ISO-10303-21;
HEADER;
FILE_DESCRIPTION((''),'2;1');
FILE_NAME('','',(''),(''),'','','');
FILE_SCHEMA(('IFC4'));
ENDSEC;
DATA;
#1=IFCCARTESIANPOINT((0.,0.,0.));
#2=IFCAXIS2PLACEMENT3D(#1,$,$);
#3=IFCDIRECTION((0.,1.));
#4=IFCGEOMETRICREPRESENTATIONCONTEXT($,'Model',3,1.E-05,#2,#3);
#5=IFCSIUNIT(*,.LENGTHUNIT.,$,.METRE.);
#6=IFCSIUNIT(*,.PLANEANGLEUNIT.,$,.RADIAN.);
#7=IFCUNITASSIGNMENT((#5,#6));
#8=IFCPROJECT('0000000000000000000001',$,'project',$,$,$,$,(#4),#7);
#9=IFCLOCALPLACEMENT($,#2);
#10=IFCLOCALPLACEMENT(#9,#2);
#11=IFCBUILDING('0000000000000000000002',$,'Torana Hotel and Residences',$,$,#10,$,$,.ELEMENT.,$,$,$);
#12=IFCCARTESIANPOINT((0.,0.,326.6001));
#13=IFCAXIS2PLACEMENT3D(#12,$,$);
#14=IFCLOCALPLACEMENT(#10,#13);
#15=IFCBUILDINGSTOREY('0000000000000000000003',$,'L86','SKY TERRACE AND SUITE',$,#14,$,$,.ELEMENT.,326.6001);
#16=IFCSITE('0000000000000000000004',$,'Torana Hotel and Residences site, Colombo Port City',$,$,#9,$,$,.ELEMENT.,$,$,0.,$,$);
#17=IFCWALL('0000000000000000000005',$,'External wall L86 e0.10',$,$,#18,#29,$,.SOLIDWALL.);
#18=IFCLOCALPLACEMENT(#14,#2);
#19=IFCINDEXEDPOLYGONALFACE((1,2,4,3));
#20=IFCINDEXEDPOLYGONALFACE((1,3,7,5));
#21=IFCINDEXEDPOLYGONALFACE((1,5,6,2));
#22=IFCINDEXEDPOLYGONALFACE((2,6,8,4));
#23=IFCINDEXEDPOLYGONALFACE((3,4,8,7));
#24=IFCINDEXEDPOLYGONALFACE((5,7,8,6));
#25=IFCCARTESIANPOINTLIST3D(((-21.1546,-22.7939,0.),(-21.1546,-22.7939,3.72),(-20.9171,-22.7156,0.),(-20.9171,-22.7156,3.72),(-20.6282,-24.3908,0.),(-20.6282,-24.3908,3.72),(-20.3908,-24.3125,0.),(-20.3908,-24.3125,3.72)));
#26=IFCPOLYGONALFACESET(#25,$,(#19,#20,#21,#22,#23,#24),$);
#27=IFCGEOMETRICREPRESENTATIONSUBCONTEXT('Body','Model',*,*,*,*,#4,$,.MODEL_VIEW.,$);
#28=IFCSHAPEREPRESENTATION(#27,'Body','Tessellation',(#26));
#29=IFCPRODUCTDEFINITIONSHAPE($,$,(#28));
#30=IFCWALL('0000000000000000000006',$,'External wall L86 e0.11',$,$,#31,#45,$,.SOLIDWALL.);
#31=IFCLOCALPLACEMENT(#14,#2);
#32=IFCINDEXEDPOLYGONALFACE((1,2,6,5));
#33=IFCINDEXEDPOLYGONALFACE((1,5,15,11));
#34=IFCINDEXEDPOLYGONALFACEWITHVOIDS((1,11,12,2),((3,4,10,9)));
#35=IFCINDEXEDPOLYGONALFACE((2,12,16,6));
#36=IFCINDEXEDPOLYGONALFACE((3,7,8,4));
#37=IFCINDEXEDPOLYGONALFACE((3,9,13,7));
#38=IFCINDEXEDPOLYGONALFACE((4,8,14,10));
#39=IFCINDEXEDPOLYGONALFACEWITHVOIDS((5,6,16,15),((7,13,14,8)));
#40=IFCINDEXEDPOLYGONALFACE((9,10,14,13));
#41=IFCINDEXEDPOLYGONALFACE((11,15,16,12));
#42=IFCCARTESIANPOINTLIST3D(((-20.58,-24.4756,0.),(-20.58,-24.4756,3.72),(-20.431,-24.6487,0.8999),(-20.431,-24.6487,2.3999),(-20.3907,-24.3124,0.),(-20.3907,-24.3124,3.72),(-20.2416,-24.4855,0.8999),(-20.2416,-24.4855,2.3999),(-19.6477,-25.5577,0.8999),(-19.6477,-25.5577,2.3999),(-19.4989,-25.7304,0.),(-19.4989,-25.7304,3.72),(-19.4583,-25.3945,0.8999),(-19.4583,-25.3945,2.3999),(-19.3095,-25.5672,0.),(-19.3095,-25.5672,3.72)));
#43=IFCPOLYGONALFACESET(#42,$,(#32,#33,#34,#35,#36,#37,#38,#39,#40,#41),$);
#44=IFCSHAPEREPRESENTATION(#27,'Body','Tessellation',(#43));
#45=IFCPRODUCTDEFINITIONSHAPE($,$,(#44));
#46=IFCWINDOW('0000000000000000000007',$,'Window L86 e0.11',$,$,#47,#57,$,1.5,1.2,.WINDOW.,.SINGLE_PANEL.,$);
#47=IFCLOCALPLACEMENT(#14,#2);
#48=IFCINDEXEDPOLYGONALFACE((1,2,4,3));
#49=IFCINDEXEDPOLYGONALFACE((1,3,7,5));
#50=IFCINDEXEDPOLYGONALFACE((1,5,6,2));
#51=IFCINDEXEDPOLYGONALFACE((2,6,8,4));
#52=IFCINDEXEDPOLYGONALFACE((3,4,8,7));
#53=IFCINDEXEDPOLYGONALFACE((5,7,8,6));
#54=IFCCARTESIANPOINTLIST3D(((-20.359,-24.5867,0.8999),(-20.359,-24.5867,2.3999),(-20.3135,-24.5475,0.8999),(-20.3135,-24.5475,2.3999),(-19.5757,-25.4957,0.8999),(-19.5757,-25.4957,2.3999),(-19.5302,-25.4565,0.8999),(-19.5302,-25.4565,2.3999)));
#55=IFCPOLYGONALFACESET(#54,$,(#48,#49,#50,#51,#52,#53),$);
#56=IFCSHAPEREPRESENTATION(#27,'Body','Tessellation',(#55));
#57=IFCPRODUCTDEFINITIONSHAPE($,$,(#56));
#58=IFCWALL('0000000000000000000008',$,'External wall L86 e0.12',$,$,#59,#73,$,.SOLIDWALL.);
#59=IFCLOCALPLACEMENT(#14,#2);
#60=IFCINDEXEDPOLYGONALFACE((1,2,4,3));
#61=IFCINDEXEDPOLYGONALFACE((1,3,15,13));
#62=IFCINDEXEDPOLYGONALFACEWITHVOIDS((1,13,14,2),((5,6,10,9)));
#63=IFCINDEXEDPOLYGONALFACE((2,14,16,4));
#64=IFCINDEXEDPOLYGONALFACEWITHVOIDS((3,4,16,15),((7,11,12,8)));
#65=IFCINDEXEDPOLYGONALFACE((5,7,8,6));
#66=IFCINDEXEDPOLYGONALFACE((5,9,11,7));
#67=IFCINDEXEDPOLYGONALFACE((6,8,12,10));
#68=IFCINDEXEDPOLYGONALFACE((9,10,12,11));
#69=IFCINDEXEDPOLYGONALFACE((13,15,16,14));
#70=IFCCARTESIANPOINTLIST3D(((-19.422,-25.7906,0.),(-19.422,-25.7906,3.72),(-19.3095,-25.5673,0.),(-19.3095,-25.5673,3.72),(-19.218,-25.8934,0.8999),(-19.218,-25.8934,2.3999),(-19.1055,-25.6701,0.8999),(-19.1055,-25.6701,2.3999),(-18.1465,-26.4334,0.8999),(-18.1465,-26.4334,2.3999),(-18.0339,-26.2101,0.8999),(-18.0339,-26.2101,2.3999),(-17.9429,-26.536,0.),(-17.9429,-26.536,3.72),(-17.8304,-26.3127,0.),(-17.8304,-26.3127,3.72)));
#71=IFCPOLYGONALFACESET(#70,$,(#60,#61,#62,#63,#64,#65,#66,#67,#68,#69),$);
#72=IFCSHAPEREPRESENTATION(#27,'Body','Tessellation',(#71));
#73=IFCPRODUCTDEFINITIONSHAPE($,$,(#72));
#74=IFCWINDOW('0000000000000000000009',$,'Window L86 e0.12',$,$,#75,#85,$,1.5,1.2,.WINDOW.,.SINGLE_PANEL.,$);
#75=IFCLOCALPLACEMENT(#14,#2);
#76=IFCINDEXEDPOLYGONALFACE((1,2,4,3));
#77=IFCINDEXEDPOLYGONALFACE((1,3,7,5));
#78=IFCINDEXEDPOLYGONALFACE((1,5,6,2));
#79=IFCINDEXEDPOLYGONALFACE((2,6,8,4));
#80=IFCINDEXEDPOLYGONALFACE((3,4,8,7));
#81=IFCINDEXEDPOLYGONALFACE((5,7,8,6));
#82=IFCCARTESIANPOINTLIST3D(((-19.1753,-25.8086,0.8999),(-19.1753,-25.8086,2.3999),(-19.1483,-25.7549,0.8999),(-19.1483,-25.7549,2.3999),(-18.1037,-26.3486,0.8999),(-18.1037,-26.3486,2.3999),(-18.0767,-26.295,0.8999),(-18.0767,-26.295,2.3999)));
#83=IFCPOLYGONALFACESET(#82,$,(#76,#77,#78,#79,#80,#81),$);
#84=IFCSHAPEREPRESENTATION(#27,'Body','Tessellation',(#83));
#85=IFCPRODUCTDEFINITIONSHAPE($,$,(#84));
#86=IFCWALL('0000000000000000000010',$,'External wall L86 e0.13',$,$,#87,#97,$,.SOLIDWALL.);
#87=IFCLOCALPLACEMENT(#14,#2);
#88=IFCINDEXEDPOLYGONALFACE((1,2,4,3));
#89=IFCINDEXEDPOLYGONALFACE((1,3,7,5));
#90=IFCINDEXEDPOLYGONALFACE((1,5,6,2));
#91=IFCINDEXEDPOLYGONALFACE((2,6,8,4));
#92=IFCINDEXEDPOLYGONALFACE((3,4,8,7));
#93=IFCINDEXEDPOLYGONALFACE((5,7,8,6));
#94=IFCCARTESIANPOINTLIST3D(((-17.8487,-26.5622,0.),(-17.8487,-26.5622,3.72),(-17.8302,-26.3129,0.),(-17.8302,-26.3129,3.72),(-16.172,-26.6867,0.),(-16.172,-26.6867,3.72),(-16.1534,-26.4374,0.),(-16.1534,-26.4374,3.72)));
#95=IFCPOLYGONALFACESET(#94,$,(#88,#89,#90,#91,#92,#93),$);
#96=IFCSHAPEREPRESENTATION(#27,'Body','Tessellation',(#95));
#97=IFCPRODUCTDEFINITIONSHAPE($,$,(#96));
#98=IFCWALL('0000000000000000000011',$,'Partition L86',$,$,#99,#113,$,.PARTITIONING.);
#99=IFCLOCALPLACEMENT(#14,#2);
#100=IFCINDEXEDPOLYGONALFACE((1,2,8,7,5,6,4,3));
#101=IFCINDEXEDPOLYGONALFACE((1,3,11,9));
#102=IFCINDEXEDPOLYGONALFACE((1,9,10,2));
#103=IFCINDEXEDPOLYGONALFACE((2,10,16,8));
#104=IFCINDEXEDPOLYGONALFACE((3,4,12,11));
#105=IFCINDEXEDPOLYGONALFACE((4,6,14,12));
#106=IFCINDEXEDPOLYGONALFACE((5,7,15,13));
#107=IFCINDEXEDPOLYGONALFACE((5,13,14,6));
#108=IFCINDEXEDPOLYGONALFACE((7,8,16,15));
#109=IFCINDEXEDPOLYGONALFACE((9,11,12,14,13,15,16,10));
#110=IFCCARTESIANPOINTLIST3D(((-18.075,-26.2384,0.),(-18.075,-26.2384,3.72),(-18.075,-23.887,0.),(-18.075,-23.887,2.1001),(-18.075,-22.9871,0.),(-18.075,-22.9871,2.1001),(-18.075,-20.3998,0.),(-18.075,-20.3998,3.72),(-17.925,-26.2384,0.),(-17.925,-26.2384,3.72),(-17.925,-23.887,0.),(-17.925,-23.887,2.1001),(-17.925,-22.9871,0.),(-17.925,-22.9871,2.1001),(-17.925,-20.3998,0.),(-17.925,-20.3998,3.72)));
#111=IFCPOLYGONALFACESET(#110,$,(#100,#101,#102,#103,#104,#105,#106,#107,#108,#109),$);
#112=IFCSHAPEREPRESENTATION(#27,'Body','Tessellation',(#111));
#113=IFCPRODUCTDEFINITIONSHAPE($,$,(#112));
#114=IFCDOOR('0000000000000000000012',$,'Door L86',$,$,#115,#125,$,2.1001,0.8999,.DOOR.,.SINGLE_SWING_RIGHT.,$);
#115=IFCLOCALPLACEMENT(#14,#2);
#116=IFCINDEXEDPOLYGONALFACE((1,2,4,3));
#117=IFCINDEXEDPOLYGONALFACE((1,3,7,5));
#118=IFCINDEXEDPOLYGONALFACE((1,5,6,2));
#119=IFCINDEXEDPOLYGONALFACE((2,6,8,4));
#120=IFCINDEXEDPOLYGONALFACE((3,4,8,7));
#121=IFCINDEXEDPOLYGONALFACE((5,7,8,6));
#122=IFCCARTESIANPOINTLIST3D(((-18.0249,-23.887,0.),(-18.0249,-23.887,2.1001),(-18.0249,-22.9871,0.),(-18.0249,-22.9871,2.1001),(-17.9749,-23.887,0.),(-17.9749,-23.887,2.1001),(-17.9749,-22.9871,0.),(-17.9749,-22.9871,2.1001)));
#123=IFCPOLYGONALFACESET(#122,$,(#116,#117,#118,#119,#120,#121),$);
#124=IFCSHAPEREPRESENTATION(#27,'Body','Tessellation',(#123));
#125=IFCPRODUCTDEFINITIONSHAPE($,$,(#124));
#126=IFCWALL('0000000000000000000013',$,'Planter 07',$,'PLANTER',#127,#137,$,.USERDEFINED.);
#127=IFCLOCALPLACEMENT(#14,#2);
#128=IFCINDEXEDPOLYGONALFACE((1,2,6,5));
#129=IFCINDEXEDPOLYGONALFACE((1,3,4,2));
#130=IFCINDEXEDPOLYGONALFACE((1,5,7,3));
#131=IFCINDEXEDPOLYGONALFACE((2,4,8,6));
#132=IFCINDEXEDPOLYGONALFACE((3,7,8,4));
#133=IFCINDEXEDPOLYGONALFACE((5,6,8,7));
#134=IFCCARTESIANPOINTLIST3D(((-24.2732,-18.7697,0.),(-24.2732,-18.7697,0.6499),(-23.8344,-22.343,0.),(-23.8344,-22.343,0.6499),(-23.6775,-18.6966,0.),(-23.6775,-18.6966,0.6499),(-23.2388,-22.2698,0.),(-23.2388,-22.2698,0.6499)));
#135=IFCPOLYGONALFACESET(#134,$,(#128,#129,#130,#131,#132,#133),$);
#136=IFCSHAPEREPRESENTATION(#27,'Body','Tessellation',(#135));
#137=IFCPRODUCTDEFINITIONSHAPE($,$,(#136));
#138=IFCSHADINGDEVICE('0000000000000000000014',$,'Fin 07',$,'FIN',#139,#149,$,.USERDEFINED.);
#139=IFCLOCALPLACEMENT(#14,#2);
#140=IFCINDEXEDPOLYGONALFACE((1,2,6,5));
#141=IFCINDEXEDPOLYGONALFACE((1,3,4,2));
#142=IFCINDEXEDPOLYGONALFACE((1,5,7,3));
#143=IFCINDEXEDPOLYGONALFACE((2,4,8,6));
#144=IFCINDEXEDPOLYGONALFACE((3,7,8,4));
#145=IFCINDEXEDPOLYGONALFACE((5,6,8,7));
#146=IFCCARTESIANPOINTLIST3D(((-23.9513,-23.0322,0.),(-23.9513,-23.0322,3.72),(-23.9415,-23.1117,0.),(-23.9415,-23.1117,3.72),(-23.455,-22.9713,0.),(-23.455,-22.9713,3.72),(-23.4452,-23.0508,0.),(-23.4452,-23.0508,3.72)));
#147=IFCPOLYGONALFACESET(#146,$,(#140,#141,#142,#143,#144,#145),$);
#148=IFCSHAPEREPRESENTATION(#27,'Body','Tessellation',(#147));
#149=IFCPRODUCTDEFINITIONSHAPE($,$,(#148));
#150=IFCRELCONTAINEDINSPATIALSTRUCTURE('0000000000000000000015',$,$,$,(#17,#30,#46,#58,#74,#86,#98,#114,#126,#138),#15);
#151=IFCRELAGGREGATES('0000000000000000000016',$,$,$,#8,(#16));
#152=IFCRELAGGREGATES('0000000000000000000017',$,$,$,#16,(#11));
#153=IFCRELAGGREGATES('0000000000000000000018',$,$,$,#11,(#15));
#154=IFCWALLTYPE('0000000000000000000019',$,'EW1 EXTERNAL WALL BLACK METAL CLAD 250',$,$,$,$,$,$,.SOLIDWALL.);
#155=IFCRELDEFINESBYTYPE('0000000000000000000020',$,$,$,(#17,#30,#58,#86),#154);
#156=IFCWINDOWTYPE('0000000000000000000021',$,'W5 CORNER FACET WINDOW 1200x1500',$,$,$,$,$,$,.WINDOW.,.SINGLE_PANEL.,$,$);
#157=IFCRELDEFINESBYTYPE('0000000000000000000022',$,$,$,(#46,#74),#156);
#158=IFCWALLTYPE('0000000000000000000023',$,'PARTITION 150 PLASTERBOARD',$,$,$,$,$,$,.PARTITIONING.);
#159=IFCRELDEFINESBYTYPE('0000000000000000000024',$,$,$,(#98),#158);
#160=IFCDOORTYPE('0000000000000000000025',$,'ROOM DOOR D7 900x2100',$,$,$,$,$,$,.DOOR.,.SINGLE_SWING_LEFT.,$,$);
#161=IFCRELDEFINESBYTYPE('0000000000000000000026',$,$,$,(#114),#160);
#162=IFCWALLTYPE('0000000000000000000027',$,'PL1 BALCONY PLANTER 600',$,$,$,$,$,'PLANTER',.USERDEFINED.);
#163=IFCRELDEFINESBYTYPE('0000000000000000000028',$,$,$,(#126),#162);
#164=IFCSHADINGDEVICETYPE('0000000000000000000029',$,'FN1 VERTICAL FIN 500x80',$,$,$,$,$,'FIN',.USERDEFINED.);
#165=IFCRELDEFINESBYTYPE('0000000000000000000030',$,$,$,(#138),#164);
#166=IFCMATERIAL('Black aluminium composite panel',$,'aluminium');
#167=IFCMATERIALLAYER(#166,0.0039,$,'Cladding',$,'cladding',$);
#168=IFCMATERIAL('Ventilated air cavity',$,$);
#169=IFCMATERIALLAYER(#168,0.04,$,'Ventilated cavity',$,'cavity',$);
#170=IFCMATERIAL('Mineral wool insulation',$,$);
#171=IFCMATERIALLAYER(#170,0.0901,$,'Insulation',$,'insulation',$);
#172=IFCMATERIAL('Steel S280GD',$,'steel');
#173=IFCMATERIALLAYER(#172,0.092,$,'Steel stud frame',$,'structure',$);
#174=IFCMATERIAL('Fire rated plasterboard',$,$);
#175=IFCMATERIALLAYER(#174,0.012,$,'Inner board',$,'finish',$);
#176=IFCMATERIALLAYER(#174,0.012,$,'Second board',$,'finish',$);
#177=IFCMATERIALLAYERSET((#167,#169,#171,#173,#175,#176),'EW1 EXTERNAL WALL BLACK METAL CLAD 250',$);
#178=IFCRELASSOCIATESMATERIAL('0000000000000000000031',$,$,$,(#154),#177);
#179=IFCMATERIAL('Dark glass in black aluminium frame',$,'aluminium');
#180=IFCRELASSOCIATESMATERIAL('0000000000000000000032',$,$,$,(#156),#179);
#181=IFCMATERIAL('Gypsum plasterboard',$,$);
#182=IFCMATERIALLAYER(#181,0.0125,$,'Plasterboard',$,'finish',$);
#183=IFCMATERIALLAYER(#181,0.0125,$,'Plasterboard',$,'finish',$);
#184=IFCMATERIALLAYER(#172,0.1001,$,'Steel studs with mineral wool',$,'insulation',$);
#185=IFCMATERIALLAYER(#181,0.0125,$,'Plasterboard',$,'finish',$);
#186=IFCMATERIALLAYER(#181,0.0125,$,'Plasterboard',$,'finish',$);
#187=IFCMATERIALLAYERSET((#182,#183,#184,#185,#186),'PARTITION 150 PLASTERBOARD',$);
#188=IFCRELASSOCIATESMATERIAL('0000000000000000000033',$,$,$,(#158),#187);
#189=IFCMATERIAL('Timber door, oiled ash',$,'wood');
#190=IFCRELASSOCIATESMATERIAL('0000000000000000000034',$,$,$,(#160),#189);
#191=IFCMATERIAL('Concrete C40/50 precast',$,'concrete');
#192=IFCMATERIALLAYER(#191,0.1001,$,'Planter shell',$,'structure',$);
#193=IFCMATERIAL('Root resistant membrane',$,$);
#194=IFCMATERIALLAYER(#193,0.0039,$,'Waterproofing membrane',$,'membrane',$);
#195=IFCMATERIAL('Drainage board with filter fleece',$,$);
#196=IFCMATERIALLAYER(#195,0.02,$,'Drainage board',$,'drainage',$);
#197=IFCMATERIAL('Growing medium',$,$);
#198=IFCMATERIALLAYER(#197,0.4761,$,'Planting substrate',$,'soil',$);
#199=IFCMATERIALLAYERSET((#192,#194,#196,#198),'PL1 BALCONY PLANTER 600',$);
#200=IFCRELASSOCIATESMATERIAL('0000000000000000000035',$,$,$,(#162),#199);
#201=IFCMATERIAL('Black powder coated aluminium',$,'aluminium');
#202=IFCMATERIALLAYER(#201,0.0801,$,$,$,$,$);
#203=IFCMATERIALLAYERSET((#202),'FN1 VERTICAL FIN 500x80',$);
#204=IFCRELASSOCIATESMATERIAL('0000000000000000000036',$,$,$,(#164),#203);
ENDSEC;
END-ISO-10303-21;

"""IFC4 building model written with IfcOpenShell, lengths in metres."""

from ifc_helpers import new_model, si_unit, direction, frame, frame_2d, origin, origin_2d, place, context, subcontext, project, spatial, rectangle, extrude, material, layer, layer_set, type_object, element, fill, save


model = new_model("IFC4")

# Units and contexts
model_context = context("Model", 3, precision=1e-05, world=origin(), true_north=direction((0.0, 1.0)))
body_context = subcontext(model_context, "Body", "Model", "MODEL_VIEW")
ifc_project = project(units=[si_unit("LENGTHUNIT", "METRE"), si_unit("PLANEANGLEUNIT", "RADIAN")], contexts=[model_context])

# Site, building, storey
site_placement = place(None, origin())
site = spatial("IfcSite", under=ifc_project, at=site_placement, Name="Torana Hotel and Residences site, Colombo Port City", CompositionType="ELEMENT", RefElevation=0.0)
building_placement = place(site_placement, origin())
building = spatial("IfcBuilding", under=site, at=building_placement, Name="Torana Hotel and Residences", CompositionType="ELEMENT")
storey_placement = place(building_placement, frame((0.0, 0.0, 326.6001)))
storey = spatial("IfcBuildingStorey", under=building, at=storey_placement, Name="L86", Description="SKY TERRACE AND SUITE", CompositionType="ELEMENT", Elevation=326.6001)

# Wall
ifc_material_1 = material(Name="Black aluminium composite panel", Category="aluminium")
ifc_layer_1 = layer(ifc_material_1, 0.0039, Name="Cladding", Category="cladding")
ifc_material_2 = material(Name="Ventilated air cavity")
ifc_layer_2 = layer(ifc_material_2, 0.04, Name="Ventilated cavity", Category="cavity")
ifc_material_3 = material(Name="Mineral wool insulation")
ifc_layer_3 = layer(ifc_material_3, 0.0901, Name="Insulation", Category="insulation")
ifc_material_4 = material(Name="Steel S280GD", Category="steel")
ifc_layer_4 = layer(ifc_material_4, 0.092, Name="Steel stud frame", Category="structure")
ifc_material_5 = material(Name="Fire rated plasterboard")
ifc_layer_5 = layer(ifc_material_5, 0.012, Name="Inner board", Category="finish")
ifc_layer_6 = layer(ifc_material_5, 0.012, Name="Second board", Category="finish")
ifc_layer_set_1 = layer_set([ifc_layer_1, ifc_layer_2, ifc_layer_3, ifc_layer_4, ifc_layer_5, ifc_layer_6], Name="EW1 EXTERNAL WALL BLACK METAL CLAD 250")
wall_type_1 = type_object("IfcWallType", Name="EW1 EXTERNAL WALL BLACK METAL CLAD 250", PredefinedType="SOLIDWALL", material=ifc_layer_set_1)
wall_1_placement = place(storey_placement, frame((-21.0359, -22.7546, 0.0), z_axis=(0.0, 0.0, 1.0), x_axis=(0.313046, -0.949738, 0.0)))
element("IfcWall", 1, at=wall_1_placement, inside=storey, type_object=wall_type_1, Name="External wall L86 e0.10", PredefinedType="SOLIDWALL", context=body_context, shape_type="SweptSolid", body=[
    extrude(rectangle(XDim=1.6814, YDim=0.25, at=frame_2d((0.8408, 0.0))), origin(), (0.0, 0.0, 1.0), 3.72),
])

# Walls, openings, windows
wall_2_placement = place(storey_placement, frame((-20.4854, -24.394, 0.0), z_axis=(0.0, 0.0, 1.0), x_axis=(0.652756, -0.757568, 0.0)))
wall_2 = element("IfcWall", 2, at=wall_2_placement, inside=storey, type_object=wall_type_1, Name="External wall L86 e0.11", PredefinedType="SOLIDWALL", context=body_context, shape_type="SweptSolid", body=[
    extrude(rectangle(XDim=1.6562, YDim=0.25, at=frame_2d((0.8281, 0.0))), origin(), (0.0, 0.0, 1.0), 3.72),
])
opening_1_placement = place(wall_2_placement, frame((0.2283, 0.0, 0.8999)))
opening_1 = element("IfcOpeningElement", 3, at=opening_1_placement, cuts=wall_2, PredefinedType="OPENING", context=body_context, shape_type="SweptSolid", body=[
    extrude(rectangle(XDim=1.2, YDim=1.5, at=frame_2d((0.6001, 0.75))), frame((0.0, 0.135, 0.0), z_axis=(0.0, -1.0, 0.0), x_axis=(1.0, 0.0, 0.0)), (0.0, 0.0, 1.0), 0.27),
])
ifc_material_6 = material(Name="Dark glass in black aluminium frame", Category="aluminium")
window_type_1 = type_object("IfcWindowType", Name="W5 CORNER FACET WINDOW 1200x1500", PartitioningType="SINGLE_PANEL", PredefinedType="WINDOW", material=ifc_material_6)
window_1_placement = place(opening_1_placement, origin())
window_1 = element("IfcWindow", 4, at=window_1_placement, inside=storey, type_object=window_type_1, Name="Window L86 e0.11", OverallHeight=1.5, OverallWidth=1.2, PartitioningType="SINGLE_PANEL", PredefinedType="WINDOW", context=body_context, shape_type="SweptSolid", body=[
    extrude(rectangle(XDim=1.2, YDim=1.5, at=frame_2d((0.6001, 0.75))), frame((0.0, 0.03, 0.0), z_axis=(0.0, -1.0, 0.0), x_axis=(1.0, 0.0, 0.0)), (0.0, 0.0, 1.0), 0.0601),
])
fill(opening_1, window_1)
wall_3_placement = place(storey_placement, frame((-19.3657, -25.679, 0.0), z_axis=(0.0, 0.0, 1.0), x_axis=(0.893008, -0.450042, 0.0)))
wall_3 = element("IfcWall", 5, at=wall_3_placement, inside=storey, type_object=wall_type_1, Name="External wall L86 e0.12", PredefinedType="SOLIDWALL", context=body_context, shape_type="SweptSolid", body=[
    extrude(rectangle(XDim=1.6562, YDim=0.25, at=frame_2d((0.8281, 0.0))), origin(), (0.0, 0.0, 1.0), 3.72),
])
opening_2_placement = place(wall_3_placement, frame((0.2283, 0.0, 0.8999)))
opening_2 = element("IfcOpeningElement", 6, at=opening_2_placement, cuts=wall_3, PredefinedType="OPENING", context=body_context, shape_type="SweptSolid", body=[
    extrude(rectangle(XDim=1.2, YDim=1.5, at=frame_2d((0.6001, 0.75))), frame((0.0, 0.135, 0.0), z_axis=(0.0, -1.0, 0.0), x_axis=(1.0, 0.0, 0.0)), (0.0, 0.0, 1.0), 0.27),
])
window_2_placement = place(opening_2_placement, origin())
window_2 = element("IfcWindow", 7, at=window_2_placement, inside=storey, type_object=window_type_1, Name="Window L86 e0.12", OverallHeight=1.5, OverallWidth=1.2, PartitioningType="SINGLE_PANEL", PredefinedType="WINDOW", context=body_context, shape_type="SweptSolid", body=[
    extrude(rectangle(XDim=1.2, YDim=1.5, at=frame_2d((0.6001, 0.75))), frame((0.0, 0.03, 0.0), z_axis=(0.0, -1.0, 0.0), x_axis=(1.0, 0.0, 0.0)), (0.0, 0.0, 1.0), 0.0601),
])
fill(opening_2, window_2)

# Wall
wall_4_placement = place(storey_placement, frame((-17.8396, -26.4375, 0.0), z_axis=(0.0, 0.0, 1.0), x_axis=(0.997254, -0.074054, 0.0)))
element("IfcWall", 8, at=wall_4_placement, inside=storey, type_object=wall_type_1, Name="External wall L86 e0.13", PredefinedType="SOLIDWALL", context=body_context, shape_type="SweptSolid", body=[
    extrude(rectangle(XDim=1.6814, YDim=0.25, at=frame_2d((0.8408, 0.0))), origin(), (0.0, 0.0, 1.0), 3.72),
])

# Wall, opening, door
ifc_material_7 = material(Name="Gypsum plasterboard")
ifc_layer_7 = layer(ifc_material_7, 0.0125, Name="Plasterboard", Category="finish")
ifc_layer_8 = layer(ifc_material_7, 0.0125, Name="Plasterboard", Category="finish")
ifc_layer_9 = layer(ifc_material_4, 0.1001, Name="Steel studs with mineral wool", Category="insulation")
ifc_layer_10 = layer(ifc_material_7, 0.0125, Name="Plasterboard", Category="finish")
ifc_layer_11 = layer(ifc_material_7, 0.0125, Name="Plasterboard", Category="finish")
ifc_layer_set_2 = layer_set([ifc_layer_7, ifc_layer_8, ifc_layer_9, ifc_layer_10, ifc_layer_11], Name="PARTITION 150 PLASTERBOARD")
wall_type_2 = type_object("IfcWallType", Name="PARTITION 150 PLASTERBOARD", PredefinedType="PARTITIONING", material=ifc_layer_set_2)
wall_5_placement = place(storey_placement, frame((-18.0, -26.2385, 0.0), z_axis=(0.0, 0.0, 1.0), x_axis=(0.0, 1.0, 0.0)))
wall_5 = element("IfcWall", 9, at=wall_5_placement, inside=storey, type_object=wall_type_2, Name="Partition L86", PredefinedType="PARTITIONING", context=body_context, shape_type="SweptSolid", body=[
    extrude(rectangle(XDim=5.8386, YDim=0.1499, at=frame_2d((2.9194, 0.0))), origin(), (0.0, 0.0, 1.0), 3.72),
])
opening_3_placement = place(wall_5_placement, frame((2.3516, 0.0, 0.0)))
opening_3 = element("IfcOpeningElement", 10, at=opening_3_placement, cuts=wall_5, PredefinedType="OPENING", context=body_context, shape_type="SweptSolid", body=[
    extrude(rectangle(XDim=0.8999, YDim=2.1001, at=frame_2d((0.45, 1.05))), frame((0.0, 0.085, 0.0), z_axis=(0.0, -1.0, 0.0), x_axis=(1.0, 0.0, 0.0)), (0.0, 0.0, 1.0), 0.1699),
])
ifc_material_8 = material(Name="Timber door, oiled ash", Category="wood")
door_type_1 = type_object("IfcDoorType", Name="ROOM DOOR D7 900x2100", OperationType="SINGLE_SWING_LEFT", PredefinedType="DOOR", material=ifc_material_8)
door_1_placement = place(opening_3_placement, origin())
door_1 = element("IfcDoor", 11, at=door_1_placement, inside=storey, type_object=door_type_1, Name="Door L86", OperationType="SINGLE_SWING_RIGHT", OverallHeight=2.1001, OverallWidth=0.8999, PredefinedType="DOOR", context=body_context, shape_type="SweptSolid", body=[
    extrude(rectangle(XDim=0.8999, YDim=2.1001, at=frame_2d((0.45, 1.05))), frame((0.0, 0.0249, 0.0), z_axis=(0.0, -1.0, 0.0), x_axis=(1.0, 0.0, 0.0)), (0.0, 0.0, 1.0), 0.05),
])
fill(opening_3, door_1)

# Wall
ifc_material_9 = material(Name="Concrete C40/50 precast", Category="concrete")
ifc_layer_12 = layer(ifc_material_9, 0.1001, Name="Planter shell", Category="structure")
ifc_material_10 = material(Name="Root resistant membrane")
ifc_layer_13 = layer(ifc_material_10, 0.0039, Name="Waterproofing membrane", Category="membrane")
ifc_material_11 = material(Name="Drainage board with filter fleece")
ifc_layer_14 = layer(ifc_material_11, 0.02, Name="Drainage board", Category="drainage")
ifc_material_12 = material(Name="Growing medium")
ifc_layer_15 = layer(ifc_material_12, 0.4761, Name="Planting substrate", Category="soil")
ifc_layer_set_3 = layer_set([ifc_layer_12, ifc_layer_13, ifc_layer_14, ifc_layer_15], Name="PL1 BALCONY PLANTER 600")
wall_type_3 = type_object("IfcWallType", Name="PL1 BALCONY PLANTER 600", ElementType="PLANTER", PredefinedType="USERDEFINED", material=ifc_layer_set_3)
wall_6_placement = place(storey_placement, frame((-23.5366, -22.3064, 0.0), z_axis=(0.0, 0.0, 1.0), x_axis=(-0.121864, 0.992547, 0.0)))
element("IfcWall", 12, at=wall_6_placement, inside=storey, type_object=wall_type_3, Name="Planter 07", ObjectType="PLANTER", PredefinedType="USERDEFINED", context=body_context, shape_type="SweptSolid", body=[
    extrude(rectangle(XDim=3.6001, YDim=0.6001, at=frame_2d((1.8, 0.0))), origin(), (0.0, 0.0, 1.0), 0.6499),
])

# Shading device
ifc_material_13 = material(Name="Black powder coated aluminium", Category="aluminium")
ifc_layer_16 = layer(ifc_material_13, 0.0801)
ifc_layer_set_4 = layer_set([ifc_layer_16], Name="FN1 VERTICAL FIN 500x80")
shading_device_type = type_object("IfcShadingDeviceType", Name="FN1 VERTICAL FIN 500x80", ElementType="FIN", PredefinedType="USERDEFINED", material=ifc_layer_set_4)
shading_device_placement = place(storey_placement, frame((-23.6982, -23.0415, 0.0), z_axis=(0.0, 0.0, 1.0), x_axis=(-0.121881, 0.992545, 0.0)))
element("IfcShadingDevice", 13, at=shading_device_placement, inside=storey, type_object=shading_device_type, Name="Fin 07", ObjectType="FIN", PredefinedType="USERDEFINED", context=body_context, shape_type="SweptSolid", body=[
    extrude(rectangle(XDim=0.0801, YDim=0.5, at=origin_2d()), origin(), (0.0, 0.0, 1.0), 3.72),
])

save(model, "model.ifc")
